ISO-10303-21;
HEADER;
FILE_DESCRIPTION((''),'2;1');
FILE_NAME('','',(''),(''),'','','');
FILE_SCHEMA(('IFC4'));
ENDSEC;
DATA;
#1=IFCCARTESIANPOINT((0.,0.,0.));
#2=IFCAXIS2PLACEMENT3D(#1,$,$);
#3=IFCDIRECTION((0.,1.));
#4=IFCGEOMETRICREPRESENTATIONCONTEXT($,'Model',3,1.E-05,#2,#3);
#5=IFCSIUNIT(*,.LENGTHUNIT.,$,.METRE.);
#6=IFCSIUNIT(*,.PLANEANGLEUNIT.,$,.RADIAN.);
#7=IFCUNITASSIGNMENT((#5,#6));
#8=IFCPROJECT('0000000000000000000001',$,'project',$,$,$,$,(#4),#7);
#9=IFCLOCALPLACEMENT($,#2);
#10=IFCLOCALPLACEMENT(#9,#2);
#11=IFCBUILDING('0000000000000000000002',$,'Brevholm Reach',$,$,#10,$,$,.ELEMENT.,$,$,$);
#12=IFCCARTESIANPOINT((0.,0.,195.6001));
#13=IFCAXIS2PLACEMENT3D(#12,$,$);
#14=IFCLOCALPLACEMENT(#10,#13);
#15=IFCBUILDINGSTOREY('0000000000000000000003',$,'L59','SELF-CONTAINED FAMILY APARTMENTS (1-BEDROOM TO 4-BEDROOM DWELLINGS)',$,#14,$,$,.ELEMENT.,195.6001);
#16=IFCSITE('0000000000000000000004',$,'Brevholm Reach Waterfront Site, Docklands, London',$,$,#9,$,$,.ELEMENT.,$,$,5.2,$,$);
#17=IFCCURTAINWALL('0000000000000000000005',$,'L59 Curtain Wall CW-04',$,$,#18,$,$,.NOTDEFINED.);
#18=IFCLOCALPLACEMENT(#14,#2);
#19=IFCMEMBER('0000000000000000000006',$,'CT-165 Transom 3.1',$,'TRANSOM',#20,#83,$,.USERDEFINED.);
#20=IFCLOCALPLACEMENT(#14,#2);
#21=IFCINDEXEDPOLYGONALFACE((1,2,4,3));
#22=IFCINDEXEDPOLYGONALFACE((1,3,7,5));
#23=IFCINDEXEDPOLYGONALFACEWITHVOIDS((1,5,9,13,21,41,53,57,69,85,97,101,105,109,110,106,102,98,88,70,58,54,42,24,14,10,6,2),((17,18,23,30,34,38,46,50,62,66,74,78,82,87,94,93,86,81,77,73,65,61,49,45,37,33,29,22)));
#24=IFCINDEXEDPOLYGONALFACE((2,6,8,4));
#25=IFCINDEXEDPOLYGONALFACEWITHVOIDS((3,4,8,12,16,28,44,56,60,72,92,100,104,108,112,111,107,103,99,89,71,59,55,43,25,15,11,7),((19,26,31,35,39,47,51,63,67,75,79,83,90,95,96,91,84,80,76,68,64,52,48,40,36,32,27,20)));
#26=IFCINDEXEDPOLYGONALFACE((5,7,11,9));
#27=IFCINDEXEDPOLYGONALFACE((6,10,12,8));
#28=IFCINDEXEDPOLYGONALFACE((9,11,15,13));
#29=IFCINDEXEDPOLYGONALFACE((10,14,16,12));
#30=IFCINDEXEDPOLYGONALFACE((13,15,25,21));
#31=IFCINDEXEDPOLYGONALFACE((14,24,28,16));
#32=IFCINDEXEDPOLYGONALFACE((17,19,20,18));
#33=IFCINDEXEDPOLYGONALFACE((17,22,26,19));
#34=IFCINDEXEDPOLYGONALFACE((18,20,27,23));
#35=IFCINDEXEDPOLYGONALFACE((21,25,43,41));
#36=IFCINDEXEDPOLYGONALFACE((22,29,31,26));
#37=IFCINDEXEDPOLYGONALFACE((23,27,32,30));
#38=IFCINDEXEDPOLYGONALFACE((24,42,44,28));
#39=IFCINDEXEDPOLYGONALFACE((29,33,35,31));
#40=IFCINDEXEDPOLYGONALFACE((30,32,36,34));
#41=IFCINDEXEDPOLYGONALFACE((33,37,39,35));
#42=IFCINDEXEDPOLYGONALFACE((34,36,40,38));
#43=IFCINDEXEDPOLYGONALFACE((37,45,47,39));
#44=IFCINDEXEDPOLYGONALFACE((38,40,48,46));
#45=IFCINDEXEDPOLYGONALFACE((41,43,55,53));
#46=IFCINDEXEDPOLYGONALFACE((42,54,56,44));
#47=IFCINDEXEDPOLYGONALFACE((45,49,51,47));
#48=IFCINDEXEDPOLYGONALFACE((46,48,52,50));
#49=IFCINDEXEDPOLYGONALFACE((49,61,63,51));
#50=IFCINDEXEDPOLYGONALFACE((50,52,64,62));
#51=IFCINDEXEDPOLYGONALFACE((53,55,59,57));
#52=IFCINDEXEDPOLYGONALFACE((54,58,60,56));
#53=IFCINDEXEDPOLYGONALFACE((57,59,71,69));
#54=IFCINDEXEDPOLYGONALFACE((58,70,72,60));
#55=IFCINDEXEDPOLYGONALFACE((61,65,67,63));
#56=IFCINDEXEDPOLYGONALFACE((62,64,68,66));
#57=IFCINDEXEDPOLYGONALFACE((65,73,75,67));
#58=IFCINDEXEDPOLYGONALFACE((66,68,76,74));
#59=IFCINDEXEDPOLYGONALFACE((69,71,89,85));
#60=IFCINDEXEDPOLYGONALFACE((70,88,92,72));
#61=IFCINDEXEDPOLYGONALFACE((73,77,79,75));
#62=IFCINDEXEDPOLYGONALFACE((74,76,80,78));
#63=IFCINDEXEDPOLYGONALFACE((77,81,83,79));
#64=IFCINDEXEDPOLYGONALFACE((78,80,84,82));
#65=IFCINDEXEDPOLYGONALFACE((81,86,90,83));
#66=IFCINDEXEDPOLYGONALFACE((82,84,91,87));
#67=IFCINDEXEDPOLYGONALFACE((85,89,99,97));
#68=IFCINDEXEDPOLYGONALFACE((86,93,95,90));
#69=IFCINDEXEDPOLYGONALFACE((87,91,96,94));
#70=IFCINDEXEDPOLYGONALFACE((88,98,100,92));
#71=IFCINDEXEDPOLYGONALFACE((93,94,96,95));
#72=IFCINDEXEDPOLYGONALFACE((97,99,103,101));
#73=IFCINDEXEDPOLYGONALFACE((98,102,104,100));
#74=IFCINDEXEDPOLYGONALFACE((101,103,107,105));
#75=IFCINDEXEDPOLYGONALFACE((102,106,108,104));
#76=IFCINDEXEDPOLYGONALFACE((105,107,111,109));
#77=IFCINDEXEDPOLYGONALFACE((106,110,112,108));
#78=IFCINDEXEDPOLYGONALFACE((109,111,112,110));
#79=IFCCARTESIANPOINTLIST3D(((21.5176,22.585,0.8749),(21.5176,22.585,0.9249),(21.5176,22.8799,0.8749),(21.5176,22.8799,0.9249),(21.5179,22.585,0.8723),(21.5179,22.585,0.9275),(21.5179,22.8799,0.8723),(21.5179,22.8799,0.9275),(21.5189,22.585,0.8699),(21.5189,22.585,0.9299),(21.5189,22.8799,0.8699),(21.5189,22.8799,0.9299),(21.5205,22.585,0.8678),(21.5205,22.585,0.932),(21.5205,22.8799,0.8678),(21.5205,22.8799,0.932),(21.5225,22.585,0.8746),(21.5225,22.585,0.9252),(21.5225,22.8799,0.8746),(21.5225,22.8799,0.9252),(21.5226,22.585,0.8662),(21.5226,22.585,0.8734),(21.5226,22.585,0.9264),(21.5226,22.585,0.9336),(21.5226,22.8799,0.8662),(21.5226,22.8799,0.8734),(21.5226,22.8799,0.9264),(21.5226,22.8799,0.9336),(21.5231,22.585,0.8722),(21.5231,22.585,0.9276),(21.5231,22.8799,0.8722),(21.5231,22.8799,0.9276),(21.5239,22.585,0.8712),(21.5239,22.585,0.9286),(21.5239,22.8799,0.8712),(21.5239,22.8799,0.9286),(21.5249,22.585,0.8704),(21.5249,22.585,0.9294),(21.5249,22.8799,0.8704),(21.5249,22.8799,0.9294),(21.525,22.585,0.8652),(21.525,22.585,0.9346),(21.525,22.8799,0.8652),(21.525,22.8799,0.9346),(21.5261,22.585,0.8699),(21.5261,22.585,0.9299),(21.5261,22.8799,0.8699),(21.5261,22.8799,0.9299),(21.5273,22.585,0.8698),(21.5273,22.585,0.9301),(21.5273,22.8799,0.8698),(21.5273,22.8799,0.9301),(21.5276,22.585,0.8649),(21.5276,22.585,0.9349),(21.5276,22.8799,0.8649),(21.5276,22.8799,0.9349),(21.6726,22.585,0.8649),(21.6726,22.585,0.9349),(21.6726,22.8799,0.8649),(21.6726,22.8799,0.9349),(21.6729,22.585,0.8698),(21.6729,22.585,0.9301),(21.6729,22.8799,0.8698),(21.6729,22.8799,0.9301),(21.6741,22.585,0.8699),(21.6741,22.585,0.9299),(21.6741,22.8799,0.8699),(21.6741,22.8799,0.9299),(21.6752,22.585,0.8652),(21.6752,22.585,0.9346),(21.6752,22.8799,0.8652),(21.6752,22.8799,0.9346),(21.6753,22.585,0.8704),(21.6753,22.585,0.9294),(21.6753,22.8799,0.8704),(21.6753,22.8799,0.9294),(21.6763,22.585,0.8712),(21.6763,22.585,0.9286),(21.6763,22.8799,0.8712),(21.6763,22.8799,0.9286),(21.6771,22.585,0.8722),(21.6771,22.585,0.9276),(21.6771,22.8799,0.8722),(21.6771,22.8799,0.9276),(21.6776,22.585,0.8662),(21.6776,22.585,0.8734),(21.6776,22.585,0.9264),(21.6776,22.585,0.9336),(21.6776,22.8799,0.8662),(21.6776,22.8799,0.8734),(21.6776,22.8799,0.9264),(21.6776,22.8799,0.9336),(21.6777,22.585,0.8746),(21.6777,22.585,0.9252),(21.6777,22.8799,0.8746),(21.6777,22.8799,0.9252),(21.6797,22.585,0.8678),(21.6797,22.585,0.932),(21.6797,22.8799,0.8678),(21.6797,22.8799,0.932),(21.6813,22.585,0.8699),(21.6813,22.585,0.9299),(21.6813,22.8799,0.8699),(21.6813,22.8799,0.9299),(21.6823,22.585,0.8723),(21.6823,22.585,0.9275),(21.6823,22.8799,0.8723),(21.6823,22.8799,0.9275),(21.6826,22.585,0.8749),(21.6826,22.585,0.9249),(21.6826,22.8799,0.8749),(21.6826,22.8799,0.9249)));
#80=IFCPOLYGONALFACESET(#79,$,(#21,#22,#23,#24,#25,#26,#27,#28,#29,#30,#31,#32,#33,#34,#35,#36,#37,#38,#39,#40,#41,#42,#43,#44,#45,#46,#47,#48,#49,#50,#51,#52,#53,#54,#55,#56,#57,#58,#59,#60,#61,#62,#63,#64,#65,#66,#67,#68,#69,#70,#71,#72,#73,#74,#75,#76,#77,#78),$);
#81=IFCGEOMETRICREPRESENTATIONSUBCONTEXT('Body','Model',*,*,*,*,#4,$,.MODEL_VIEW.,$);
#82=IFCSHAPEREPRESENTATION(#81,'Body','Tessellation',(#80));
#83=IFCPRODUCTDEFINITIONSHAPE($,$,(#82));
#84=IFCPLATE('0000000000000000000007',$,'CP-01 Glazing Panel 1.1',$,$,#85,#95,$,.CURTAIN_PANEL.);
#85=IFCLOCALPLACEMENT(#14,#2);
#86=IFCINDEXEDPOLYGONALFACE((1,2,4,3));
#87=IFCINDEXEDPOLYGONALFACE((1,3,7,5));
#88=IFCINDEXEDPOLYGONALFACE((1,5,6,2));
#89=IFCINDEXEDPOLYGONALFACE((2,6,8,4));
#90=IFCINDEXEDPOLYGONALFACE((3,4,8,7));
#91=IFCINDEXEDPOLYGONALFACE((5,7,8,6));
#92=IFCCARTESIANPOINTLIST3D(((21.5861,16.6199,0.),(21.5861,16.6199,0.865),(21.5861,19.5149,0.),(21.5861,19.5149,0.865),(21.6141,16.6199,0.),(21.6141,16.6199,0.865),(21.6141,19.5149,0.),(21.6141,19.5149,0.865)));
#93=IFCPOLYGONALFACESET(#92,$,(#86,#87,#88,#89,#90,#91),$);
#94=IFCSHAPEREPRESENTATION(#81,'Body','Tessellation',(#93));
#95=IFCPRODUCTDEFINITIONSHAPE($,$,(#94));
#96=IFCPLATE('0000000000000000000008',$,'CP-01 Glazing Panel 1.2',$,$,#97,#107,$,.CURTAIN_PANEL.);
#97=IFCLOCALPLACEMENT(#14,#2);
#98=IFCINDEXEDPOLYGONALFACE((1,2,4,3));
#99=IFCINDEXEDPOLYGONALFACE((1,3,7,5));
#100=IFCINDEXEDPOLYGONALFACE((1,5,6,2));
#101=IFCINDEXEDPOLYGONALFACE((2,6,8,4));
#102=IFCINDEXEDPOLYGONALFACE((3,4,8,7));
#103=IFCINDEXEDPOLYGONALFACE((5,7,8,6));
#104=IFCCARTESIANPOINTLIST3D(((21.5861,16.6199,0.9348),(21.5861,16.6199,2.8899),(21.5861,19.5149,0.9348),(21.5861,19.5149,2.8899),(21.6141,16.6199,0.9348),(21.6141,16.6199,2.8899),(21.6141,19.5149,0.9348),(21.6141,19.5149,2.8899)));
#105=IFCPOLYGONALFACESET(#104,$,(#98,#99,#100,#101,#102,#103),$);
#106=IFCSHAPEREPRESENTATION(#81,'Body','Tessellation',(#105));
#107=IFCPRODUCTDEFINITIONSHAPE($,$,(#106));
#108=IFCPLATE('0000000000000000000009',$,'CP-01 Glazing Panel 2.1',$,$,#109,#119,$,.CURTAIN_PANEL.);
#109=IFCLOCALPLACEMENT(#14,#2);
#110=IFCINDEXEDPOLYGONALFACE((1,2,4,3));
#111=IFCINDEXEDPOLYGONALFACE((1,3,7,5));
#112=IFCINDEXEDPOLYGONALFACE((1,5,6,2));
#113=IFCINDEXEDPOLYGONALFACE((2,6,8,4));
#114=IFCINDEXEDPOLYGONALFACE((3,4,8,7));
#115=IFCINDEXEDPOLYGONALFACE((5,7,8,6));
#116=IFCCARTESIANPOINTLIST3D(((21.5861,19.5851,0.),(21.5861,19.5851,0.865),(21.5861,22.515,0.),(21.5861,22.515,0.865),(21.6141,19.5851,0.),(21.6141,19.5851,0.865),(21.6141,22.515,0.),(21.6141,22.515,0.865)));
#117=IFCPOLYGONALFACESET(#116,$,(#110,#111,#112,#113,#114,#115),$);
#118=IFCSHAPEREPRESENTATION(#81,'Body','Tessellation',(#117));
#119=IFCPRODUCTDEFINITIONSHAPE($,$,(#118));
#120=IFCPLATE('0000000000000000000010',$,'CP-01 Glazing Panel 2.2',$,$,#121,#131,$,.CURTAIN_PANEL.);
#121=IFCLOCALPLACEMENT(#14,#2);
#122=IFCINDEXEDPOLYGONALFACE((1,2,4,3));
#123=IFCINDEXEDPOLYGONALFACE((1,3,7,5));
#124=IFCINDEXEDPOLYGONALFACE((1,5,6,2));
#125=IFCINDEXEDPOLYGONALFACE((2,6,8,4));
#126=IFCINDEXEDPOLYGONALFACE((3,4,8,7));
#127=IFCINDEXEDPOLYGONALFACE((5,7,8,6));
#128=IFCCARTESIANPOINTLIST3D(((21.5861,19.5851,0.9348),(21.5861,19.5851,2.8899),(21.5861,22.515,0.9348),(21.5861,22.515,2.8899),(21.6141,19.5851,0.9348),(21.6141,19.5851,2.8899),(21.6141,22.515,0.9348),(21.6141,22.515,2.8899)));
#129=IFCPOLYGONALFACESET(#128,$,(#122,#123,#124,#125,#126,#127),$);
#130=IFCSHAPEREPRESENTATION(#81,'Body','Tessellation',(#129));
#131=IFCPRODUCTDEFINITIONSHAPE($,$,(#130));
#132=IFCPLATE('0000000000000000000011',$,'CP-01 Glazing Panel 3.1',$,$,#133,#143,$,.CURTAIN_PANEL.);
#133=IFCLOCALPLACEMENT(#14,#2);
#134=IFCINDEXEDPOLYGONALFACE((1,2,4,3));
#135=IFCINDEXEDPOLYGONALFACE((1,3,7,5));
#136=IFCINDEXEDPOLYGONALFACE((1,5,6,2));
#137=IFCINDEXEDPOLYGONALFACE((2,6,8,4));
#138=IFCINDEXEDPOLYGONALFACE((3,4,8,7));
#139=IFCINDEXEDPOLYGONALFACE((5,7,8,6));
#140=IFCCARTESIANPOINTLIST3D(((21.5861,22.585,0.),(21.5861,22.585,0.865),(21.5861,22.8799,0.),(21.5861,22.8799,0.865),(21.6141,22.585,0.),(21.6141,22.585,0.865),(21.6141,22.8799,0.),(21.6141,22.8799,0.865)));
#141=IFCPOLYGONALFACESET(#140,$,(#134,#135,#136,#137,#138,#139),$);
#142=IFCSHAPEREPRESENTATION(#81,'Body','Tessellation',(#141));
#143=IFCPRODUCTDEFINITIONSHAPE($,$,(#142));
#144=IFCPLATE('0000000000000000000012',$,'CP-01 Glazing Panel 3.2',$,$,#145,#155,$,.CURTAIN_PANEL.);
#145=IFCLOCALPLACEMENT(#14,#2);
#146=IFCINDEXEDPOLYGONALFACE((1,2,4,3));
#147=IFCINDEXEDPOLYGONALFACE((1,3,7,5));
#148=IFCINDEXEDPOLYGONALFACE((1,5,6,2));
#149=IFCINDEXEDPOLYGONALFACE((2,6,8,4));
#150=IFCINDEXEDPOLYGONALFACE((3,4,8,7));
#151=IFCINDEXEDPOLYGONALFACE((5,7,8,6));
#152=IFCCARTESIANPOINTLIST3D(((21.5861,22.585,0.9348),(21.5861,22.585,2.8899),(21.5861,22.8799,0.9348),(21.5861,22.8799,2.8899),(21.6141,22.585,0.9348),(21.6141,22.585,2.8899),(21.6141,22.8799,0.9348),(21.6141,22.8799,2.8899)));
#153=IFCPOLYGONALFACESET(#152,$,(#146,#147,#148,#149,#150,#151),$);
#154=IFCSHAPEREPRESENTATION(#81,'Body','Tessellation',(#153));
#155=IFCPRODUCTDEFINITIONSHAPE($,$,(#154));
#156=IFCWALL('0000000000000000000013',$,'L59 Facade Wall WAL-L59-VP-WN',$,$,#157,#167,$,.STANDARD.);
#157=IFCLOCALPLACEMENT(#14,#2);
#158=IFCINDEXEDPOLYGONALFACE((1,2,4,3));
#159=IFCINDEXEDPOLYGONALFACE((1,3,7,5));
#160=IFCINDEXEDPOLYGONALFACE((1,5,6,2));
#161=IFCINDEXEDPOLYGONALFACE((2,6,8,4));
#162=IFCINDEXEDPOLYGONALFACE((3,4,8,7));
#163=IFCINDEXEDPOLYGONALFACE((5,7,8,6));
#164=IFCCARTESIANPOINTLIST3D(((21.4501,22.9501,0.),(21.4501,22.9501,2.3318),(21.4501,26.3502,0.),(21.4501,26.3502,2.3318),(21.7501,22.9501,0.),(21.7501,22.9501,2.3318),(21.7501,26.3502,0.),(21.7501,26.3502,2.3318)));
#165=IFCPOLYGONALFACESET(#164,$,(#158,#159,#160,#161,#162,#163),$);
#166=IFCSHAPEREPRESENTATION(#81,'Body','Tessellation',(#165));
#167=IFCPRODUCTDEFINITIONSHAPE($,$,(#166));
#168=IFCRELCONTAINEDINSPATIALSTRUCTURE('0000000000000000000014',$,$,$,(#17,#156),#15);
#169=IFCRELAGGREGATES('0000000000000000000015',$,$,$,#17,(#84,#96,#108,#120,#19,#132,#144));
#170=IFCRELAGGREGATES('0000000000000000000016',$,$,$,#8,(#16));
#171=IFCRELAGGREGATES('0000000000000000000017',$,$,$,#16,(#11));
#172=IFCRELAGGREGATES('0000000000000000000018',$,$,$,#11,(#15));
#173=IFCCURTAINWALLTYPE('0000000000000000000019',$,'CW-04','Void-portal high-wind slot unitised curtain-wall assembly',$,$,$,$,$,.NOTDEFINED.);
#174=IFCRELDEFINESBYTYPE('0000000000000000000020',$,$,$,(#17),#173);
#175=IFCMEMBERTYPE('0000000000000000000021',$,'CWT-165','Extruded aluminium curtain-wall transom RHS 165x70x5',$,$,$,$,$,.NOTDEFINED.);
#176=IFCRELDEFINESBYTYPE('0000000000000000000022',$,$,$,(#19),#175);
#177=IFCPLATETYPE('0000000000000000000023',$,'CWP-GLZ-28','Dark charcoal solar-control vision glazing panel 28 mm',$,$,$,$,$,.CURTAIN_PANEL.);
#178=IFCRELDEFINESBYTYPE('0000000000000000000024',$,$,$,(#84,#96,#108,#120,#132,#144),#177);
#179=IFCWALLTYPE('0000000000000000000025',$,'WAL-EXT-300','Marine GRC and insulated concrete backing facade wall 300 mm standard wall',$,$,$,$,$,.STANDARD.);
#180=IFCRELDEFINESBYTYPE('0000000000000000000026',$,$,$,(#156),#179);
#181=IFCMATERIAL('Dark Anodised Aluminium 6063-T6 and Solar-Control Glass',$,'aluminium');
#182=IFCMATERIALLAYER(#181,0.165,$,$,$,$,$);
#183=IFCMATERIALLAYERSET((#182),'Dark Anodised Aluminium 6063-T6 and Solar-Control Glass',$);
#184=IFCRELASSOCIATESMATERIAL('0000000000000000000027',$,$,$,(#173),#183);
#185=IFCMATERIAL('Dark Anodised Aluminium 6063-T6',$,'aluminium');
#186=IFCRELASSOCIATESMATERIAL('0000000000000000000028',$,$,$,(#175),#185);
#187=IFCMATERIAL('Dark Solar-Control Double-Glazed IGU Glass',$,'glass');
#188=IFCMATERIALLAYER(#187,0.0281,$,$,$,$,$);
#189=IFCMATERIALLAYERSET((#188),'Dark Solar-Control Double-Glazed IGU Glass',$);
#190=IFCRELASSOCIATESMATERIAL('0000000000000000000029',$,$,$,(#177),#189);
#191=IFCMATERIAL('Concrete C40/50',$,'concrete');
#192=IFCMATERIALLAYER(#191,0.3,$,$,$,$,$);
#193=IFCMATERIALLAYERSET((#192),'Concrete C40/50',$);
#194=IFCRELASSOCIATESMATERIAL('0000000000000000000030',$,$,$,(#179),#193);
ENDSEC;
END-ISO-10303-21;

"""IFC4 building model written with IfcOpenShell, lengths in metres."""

from ifc_helpers import new_model, si_unit, direction, frame, frame_2d, origin, origin_2d, place, context, subcontext, project, spatial, rectangle, hollow_rectangle, extrude, material, layer, layer_set, material_profile, profile_set, type_object, element, aggregate, save


model = new_model("IFC4")

# Units and contexts
model_context = context("Model", 3, precision=1e-05, world=origin(), true_north=direction((0.0, 1.0)))
body_context = subcontext(model_context, "Body", "Model", "MODEL_VIEW")
ifc_project = project(units=[si_unit("LENGTHUNIT", "METRE"), si_unit("PLANEANGLEUNIT", "RADIAN")], contexts=[model_context])

# Site, building, storey
site_placement = place(None, origin())
site = spatial("IfcSite", under=ifc_project, at=site_placement, Name="Brevholm Reach Waterfront Site, Docklands, London", CompositionType="ELEMENT", RefElevation=5.2)
building_placement = place(site_placement, origin())
building = spatial("IfcBuilding", under=site, at=building_placement, Name="Brevholm Reach", CompositionType="ELEMENT")
storey_placement = place(building_placement, frame((0.0, 0.0, 195.6001)))
storey = spatial("IfcBuildingStorey", under=building, at=storey_placement, Name="L59", Description="SELF-CONTAINED FAMILY APARTMENTS (1-BEDROOM TO 4-BEDROOM DWELLINGS)", CompositionType="ELEMENT", Elevation=195.6001)

# Curtain wall, member, plates
ifc_material_1 = material(Name="Dark Anodised Aluminium 6063-T6 and Solar-Control Glass", Category="aluminium")
ifc_layer_1 = layer(ifc_material_1, 0.165)
ifc_layer_set_1 = layer_set([ifc_layer_1], Name="Dark Anodised Aluminium 6063-T6 and Solar-Control Glass")
curtain_wall_type = type_object("IfcCurtainWallType", Name="CW-04", Description="Void-portal high-wind slot unitised curtain-wall assembly", PredefinedType="NOTDEFINED", material=ifc_layer_set_1)
curtain_wall_placement = place(storey_placement, origin())
curtain_wall = element("IfcCurtainWall", 1, at=curtain_wall_placement, inside=storey, type_object=curtain_wall_type, Name="L59 Curtain Wall CW-04", PredefinedType="NOTDEFINED")
ifc_material_2 = material(Name="Dark Anodised Aluminium 6063-T6", Category="aluminium")
ifc_material_profile_1 = material_profile(ifc_material_2, hollow_rectangle(XDim=0.0701, YDim=0.165, WallThickness=0.0049, InnerFilletRadius=0.0049, OuterFilletRadius=0.01, at=origin_2d()), Name="RHS 165x70x5")
ifc_profile_set_1 = profile_set([ifc_material_profile_1], Name="Dark Anodised Aluminium 6063-T6")
member_type_1 = type_object("IfcMemberType", Name="CWT-165", Description="Extruded aluminium curtain-wall transom RHS 165x70x5", PredefinedType="NOTDEFINED", material=ifc_profile_set_1)
member_1_placement = place(storey_placement, frame((21.6001, 22.585, 0.8999), z_axis=(0.0, 1.0, 0.0), x_axis=(0.0, 0.0, 1.0)))
member_1 = element("IfcMember", 2, at=member_1_placement, type_object=member_type_1, Name="CT-165 Transom 3.1", ObjectType="TRANSOM", PredefinedType="USERDEFINED", context=body_context, shape_type="SweptSolid", body=[
    extrude(hollow_rectangle(XDim=0.0701, YDim=0.165, WallThickness=0.0049, InnerFilletRadius=0.0049, OuterFilletRadius=0.01, at=origin_2d()), origin(), (0.0, 0.0, 1.0), 0.2949),
])
ifc_material_3 = material(Name="Dark Solar-Control Double-Glazed IGU Glass", Category="glass")
ifc_layer_2 = layer(ifc_material_3, 0.0281)
ifc_layer_set_2 = layer_set([ifc_layer_2], Name="Dark Solar-Control Double-Glazed IGU Glass")
plate_type = type_object("IfcPlateType", Name="CWP-GLZ-28", Description="Dark charcoal solar-control vision glazing panel 28 mm", PredefinedType="CURTAIN_PANEL", material=ifc_layer_set_2)
plate_1_placement = place(storey_placement, frame((21.6001, 18.0674, 0.0), z_axis=(0.0, 0.0, 1.0), x_axis=(0.0, 1.0, 0.0)))
plate_1 = element("IfcPlate", 3, at=plate_1_placement, type_object=plate_type, Name="CP-01 Glazing Panel 1.1", PredefinedType="CURTAIN_PANEL", context=body_context, shape_type="SweptSolid", body=[
    extrude(rectangle(XDim=2.895, YDim=0.0281, at=origin_2d()), origin(), (0.0, 0.0, 1.0), 0.865),
])
plate_2_placement = place(storey_placement, frame((21.6001, 18.0674, 0.9348), z_axis=(0.0, 0.0, 1.0), x_axis=(0.0, 1.0, 0.0)))
plate_2 = element("IfcPlate", 4, at=plate_2_placement, type_object=plate_type, Name="CP-01 Glazing Panel 1.2", PredefinedType="CURTAIN_PANEL", context=body_context, shape_type="SweptSolid", body=[
    extrude(rectangle(XDim=2.895, YDim=0.0281, at=origin_2d()), origin(), (0.0, 0.0, 1.0), 1.9551),
])
plate_3_placement = place(storey_placement, frame((21.6001, 21.05, 0.0), z_axis=(0.0, 0.0, 1.0), x_axis=(0.0, 1.0, 0.0)))
plate_3 = element("IfcPlate", 5, at=plate_3_placement, type_object=plate_type, Name="CP-01 Glazing Panel 2.1", PredefinedType="CURTAIN_PANEL", context=body_context, shape_type="SweptSolid", body=[
    extrude(rectangle(XDim=2.9299, YDim=0.0281, at=origin_2d()), origin(), (0.0, 0.0, 1.0), 0.865),
])
plate_4_placement = place(storey_placement, frame((21.6001, 21.05, 0.9348), z_axis=(0.0, 0.0, 1.0), x_axis=(0.0, 1.0, 0.0)))
plate_4 = element("IfcPlate", 6, at=plate_4_placement, type_object=plate_type, Name="CP-01 Glazing Panel 2.2", PredefinedType="CURTAIN_PANEL", context=body_context, shape_type="SweptSolid", body=[
    extrude(rectangle(XDim=2.9299, YDim=0.0281, at=origin_2d()), origin(), (0.0, 0.0, 1.0), 1.9551),
])
plate_5_placement = place(storey_placement, frame((21.6001, 22.7324, 0.0), z_axis=(0.0, 0.0, 1.0), x_axis=(0.0, 1.0, 0.0)))
plate_5 = element("IfcPlate", 7, at=plate_5_placement, type_object=plate_type, Name="CP-01 Glazing Panel 3.1", PredefinedType="CURTAIN_PANEL", context=body_context, shape_type="SweptSolid", body=[
    extrude(rectangle(XDim=0.2949, YDim=0.0281, at=origin_2d()), origin(), (0.0, 0.0, 1.0), 0.865),
])
plate_6_placement = place(storey_placement, frame((21.6001, 22.7324, 0.9348), z_axis=(0.0, 0.0, 1.0), x_axis=(0.0, 1.0, 0.0)))
plate_6 = element("IfcPlate", 8, at=plate_6_placement, type_object=plate_type, Name="CP-01 Glazing Panel 3.2", PredefinedType="CURTAIN_PANEL", context=body_context, shape_type="SweptSolid", body=[
    extrude(rectangle(XDim=0.2949, YDim=0.0281, at=origin_2d()), origin(), (0.0, 0.0, 1.0), 1.9551),
])
aggregate(curtain_wall, [plate_1, plate_2, plate_3, plate_4, member_1, plate_5, plate_6])

# Wall
ifc_material_4 = material(Name="Concrete C40/50", Category="concrete")
ifc_layer_3 = layer(ifc_material_4, 0.3)
ifc_layer_set_3 = layer_set([ifc_layer_3], Name="Concrete C40/50")
wall_type = type_object("IfcWallType", Name="WAL-EXT-300", Description="Marine GRC and insulated concrete backing facade wall 300 mm standard wall", PredefinedType="STANDARD", material=ifc_layer_set_3)
wall_placement = place(storey_placement, frame((21.6001, 22.95, 0.0), z_axis=(0.0, 0.0, 1.0), x_axis=(0.0, 1.0, 0.0)))
element("IfcWall", 9, at=wall_placement, inside=storey, type_object=wall_type, Name="L59 Facade Wall WAL-L59-VP-WN", PredefinedType="STANDARD", context=body_context, shape_type="SweptSolid", body=[
    extrude(rectangle(XDim=3.4001, YDim=0.3, at=frame_2d((1.7002, 0.0))), origin(), (0.0, 0.0, 1.0), 2.3318),
])

save(model, "model.ifc")
